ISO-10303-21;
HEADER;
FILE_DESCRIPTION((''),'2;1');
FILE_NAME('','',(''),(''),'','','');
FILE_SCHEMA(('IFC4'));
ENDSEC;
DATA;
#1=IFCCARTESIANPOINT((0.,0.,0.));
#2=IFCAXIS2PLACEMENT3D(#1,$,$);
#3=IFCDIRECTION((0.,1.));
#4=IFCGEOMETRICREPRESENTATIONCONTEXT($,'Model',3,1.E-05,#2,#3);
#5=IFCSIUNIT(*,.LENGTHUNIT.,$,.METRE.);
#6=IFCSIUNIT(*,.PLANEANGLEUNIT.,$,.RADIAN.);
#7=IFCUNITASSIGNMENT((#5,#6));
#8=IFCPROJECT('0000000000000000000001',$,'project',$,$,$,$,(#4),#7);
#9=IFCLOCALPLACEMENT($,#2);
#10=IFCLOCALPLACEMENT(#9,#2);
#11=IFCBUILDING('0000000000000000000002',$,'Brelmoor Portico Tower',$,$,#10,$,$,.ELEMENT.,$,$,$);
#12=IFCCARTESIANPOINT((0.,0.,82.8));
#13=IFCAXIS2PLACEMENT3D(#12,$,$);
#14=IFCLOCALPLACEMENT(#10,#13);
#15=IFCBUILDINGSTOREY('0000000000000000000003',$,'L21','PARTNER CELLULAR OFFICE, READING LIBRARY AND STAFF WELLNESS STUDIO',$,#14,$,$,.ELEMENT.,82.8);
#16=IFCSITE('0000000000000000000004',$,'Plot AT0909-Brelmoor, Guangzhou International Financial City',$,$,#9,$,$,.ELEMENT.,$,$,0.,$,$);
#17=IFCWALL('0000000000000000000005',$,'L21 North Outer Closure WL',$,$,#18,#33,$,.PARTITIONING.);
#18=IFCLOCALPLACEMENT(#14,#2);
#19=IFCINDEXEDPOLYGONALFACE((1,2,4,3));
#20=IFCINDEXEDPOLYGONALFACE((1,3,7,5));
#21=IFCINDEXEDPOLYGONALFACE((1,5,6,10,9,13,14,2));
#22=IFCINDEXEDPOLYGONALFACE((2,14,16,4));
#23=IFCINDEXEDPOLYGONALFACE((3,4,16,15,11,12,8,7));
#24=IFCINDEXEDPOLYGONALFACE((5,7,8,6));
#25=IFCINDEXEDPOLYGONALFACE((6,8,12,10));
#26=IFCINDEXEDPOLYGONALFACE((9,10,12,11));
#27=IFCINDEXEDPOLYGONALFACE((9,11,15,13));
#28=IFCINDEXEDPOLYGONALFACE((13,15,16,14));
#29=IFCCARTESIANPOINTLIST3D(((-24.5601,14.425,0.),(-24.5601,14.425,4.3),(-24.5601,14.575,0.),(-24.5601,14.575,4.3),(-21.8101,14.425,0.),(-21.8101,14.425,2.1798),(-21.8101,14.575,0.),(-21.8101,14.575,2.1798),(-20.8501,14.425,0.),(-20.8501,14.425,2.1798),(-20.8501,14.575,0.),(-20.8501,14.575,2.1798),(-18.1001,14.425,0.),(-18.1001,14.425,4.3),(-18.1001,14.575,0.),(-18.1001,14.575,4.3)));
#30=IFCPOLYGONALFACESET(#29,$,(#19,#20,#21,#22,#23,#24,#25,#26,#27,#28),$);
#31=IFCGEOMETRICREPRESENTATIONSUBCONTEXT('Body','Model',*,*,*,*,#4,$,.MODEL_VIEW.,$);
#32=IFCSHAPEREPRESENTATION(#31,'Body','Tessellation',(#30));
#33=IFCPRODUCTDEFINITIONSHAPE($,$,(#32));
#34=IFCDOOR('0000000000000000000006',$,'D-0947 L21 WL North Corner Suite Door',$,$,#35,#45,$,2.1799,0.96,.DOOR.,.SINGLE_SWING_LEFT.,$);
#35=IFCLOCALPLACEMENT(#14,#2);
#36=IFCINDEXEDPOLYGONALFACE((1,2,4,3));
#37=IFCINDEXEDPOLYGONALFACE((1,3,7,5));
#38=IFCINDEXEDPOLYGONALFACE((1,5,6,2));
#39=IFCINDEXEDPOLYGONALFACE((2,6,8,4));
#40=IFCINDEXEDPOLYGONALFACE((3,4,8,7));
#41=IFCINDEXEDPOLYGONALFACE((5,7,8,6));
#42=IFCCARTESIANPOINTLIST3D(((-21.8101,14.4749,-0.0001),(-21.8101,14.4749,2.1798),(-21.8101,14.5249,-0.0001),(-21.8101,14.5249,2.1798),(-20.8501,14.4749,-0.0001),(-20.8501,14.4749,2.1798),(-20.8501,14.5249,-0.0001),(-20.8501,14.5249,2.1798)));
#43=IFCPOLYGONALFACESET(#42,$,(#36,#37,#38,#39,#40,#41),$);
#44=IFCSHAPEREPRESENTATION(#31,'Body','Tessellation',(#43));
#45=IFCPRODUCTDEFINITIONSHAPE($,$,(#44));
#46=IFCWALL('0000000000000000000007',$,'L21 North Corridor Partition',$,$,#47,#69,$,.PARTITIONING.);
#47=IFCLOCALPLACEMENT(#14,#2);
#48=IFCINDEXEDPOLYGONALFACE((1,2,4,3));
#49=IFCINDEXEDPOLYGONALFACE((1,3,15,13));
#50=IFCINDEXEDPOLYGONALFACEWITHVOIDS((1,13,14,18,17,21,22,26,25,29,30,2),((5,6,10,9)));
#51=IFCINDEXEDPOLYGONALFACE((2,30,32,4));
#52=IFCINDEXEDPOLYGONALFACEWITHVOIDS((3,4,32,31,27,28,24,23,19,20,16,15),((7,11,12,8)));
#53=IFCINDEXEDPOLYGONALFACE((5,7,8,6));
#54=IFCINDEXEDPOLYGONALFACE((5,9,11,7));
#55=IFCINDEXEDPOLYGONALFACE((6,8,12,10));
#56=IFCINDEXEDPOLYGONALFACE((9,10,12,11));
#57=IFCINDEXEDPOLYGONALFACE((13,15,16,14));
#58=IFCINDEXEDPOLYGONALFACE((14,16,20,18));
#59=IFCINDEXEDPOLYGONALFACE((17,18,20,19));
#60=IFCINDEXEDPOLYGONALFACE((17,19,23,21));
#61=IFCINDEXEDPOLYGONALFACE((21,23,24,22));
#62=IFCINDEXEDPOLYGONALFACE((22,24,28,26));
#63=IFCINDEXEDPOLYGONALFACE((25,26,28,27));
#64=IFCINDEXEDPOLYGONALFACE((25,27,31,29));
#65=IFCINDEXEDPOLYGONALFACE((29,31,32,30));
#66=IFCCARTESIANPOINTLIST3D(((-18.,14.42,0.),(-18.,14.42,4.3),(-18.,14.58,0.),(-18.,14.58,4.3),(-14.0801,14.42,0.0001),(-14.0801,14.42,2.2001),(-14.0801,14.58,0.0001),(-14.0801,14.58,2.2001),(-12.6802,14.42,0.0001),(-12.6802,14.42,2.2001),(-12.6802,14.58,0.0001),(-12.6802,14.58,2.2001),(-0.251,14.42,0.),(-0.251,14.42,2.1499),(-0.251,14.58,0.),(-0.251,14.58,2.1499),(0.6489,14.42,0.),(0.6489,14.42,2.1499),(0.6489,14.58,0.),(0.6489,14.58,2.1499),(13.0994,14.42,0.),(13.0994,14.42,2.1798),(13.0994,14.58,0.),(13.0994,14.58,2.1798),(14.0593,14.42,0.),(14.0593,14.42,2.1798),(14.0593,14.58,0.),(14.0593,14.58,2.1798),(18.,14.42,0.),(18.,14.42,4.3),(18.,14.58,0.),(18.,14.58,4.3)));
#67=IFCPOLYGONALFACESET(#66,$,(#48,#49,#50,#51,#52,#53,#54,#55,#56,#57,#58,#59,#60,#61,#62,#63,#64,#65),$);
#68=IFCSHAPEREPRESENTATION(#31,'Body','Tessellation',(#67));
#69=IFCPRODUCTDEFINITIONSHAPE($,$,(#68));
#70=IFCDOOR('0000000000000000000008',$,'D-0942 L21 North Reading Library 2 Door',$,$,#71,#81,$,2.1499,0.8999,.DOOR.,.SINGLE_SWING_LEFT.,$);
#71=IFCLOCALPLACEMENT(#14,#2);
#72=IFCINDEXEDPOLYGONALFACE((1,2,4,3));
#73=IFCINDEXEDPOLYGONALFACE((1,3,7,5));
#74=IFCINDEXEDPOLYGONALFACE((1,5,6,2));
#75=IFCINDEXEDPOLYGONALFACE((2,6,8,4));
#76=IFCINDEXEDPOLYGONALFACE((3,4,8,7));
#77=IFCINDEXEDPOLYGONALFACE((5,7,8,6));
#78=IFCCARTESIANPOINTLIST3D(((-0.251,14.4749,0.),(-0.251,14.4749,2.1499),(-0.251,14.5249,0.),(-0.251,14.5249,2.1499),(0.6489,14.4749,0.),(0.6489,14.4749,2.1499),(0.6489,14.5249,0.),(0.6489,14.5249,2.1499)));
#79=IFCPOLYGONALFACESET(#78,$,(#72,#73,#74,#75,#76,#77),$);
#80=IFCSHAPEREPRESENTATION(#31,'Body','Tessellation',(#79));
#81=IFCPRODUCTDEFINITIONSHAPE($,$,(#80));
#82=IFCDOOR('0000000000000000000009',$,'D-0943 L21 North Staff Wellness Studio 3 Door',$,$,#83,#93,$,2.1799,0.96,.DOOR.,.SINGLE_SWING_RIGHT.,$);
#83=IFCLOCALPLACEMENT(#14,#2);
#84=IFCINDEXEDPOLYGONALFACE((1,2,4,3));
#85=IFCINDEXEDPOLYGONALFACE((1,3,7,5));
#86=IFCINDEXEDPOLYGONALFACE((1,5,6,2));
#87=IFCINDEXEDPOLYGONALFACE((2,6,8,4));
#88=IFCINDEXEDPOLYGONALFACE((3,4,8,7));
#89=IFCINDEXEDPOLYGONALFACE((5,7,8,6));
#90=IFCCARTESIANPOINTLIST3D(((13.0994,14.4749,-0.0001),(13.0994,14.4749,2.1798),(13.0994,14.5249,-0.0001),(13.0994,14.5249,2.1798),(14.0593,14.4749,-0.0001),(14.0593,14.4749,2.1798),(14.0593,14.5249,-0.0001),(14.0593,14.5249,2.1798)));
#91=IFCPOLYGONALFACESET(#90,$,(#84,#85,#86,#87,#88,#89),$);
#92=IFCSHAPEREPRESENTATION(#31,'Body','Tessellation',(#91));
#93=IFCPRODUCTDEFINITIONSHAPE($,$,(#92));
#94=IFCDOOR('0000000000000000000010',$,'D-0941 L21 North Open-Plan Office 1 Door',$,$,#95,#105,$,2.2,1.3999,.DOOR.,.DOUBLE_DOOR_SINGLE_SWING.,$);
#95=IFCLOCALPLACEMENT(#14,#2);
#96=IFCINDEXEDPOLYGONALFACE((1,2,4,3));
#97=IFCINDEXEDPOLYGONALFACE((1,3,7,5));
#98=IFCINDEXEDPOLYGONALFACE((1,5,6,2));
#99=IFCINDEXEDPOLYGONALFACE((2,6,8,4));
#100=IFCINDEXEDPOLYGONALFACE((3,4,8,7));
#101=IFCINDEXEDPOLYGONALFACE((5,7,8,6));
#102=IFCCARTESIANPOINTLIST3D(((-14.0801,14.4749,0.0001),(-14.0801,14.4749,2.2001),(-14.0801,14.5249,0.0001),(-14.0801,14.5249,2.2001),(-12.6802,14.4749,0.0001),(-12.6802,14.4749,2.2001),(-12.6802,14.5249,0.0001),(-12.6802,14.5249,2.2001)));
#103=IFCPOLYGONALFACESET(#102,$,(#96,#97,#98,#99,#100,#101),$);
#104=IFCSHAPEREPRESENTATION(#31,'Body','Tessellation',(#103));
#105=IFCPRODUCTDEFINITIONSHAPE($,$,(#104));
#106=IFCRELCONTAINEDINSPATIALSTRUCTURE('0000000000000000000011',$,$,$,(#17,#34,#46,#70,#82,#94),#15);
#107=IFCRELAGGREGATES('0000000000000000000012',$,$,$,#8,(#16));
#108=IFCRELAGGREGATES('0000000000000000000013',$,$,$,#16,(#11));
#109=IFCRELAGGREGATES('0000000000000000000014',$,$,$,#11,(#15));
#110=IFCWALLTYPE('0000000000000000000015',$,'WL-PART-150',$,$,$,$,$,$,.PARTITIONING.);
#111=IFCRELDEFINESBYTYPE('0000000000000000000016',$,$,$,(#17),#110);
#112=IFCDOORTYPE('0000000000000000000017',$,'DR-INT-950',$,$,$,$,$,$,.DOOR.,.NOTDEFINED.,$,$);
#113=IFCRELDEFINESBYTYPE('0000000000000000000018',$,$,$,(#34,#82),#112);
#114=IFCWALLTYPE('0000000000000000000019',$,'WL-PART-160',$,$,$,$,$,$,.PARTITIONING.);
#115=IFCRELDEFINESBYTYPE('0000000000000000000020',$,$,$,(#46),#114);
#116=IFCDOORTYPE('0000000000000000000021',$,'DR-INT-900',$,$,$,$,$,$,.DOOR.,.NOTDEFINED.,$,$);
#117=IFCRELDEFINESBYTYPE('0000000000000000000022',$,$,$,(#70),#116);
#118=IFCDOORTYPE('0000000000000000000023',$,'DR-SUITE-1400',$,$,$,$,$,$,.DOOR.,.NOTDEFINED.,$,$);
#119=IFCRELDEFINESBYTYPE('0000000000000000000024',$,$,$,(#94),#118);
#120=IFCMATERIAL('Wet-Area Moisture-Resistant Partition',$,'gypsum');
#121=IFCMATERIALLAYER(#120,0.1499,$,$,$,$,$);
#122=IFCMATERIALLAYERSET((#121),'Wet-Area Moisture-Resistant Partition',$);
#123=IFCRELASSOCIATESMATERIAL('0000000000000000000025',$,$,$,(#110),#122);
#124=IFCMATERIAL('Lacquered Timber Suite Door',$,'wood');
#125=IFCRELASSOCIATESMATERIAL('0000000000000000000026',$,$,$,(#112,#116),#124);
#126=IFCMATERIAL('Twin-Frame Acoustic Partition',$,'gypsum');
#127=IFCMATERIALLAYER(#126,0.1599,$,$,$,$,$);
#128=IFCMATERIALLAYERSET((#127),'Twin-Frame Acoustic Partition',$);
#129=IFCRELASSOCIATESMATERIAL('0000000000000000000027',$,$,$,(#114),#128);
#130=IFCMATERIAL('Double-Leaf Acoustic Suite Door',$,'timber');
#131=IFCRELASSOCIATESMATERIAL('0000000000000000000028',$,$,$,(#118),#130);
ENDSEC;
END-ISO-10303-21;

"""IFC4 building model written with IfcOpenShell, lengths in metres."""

from ifc_helpers import new_model, si_unit, direction, frame, frame_2d, origin, place, context, subcontext, project, spatial, rectangle, extrude, material, layer, layer_set, type_object, element, fill, save


model = new_model("IFC4")

# Units and contexts
model_context = context("Model", 3, precision=1e-05, world=origin(), true_north=direction((0.0, 1.0)))
body_context = subcontext(model_context, "Body", "Model", "MODEL_VIEW")
ifc_project = project(units=[si_unit("LENGTHUNIT", "METRE"), si_unit("PLANEANGLEUNIT", "RADIAN")], contexts=[model_context])

# Site, building, storey
site_placement = place(None, origin())
site = spatial("IfcSite", under=ifc_project, at=site_placement, Name="Plot AT0909-Brelmoor, Guangzhou International Financial City", CompositionType="ELEMENT", RefElevation=0.0)
building_placement = place(site_placement, origin())
building = spatial("IfcBuilding", under=site, at=building_placement, Name="Brelmoor Portico Tower", CompositionType="ELEMENT")
storey_placement = place(building_placement, frame((0.0, 0.0, 82.8)))
storey = spatial("IfcBuildingStorey", under=building, at=storey_placement, Name="L21", Description="PARTNER CELLULAR OFFICE, READING LIBRARY AND STAFF WELLNESS STUDIO", CompositionType="ELEMENT", Elevation=82.8)

# Wall, opening, door
ifc_material_1 = material(Name="Wet-Area Moisture-Resistant Partition", Category="gypsum")
ifc_layer_1 = layer(ifc_material_1, 0.1499)
ifc_layer_set_1 = layer_set([ifc_layer_1], Name="Wet-Area Moisture-Resistant Partition")
wall_type_1 = type_object("IfcWallType", Name="WL-PART-150", PredefinedType="PARTITIONING", material=ifc_layer_set_1)
wall_1_placement = place(storey_placement, frame((-24.5601, 14.5, 0.0), z_axis=(0.0, 0.0, 1.0), x_axis=(1.0, 0.0, 0.0)))
wall_1 = element("IfcWall", 1, at=wall_1_placement, inside=storey, type_object=wall_type_1, Name="L21 North Outer Closure WL", PredefinedType="PARTITIONING", context=body_context, shape_type="SweptSolid", body=[
    extrude(rectangle(XDim=6.46, YDim=0.1499, at=frame_2d((3.23, 0.0))), origin(), (0.0, 0.0, 1.0), 4.3),
])
opening_1_placement = place(wall_1_placement, frame((2.75, 0.0, 0.0)))
opening_1 = element("IfcOpeningElement", 2, at=opening_1_placement, cuts=wall_1, PredefinedType="OPENING", context=body_context, shape_type="SweptSolid", body=[
    extrude(rectangle(XDim=0.96, YDim=2.1799, at=frame_2d((0.48, 1.0898))), frame((0.0, 0.085, 0.0), z_axis=(0.0, -1.0, 0.0), x_axis=(1.0, 0.0, 0.0)), (0.0, 0.0, 1.0), 0.1699),
])
ifc_material_2 = material(Name="Lacquered Timber Suite Door", Category="wood")
door_type_1 = type_object("IfcDoorType", Name="DR-INT-950", OperationType="NOTDEFINED", PredefinedType="DOOR", material=ifc_material_2)
door_1_placement = place(opening_1_placement, origin())
door_1 = element("IfcDoor", 3, at=door_1_placement, inside=storey, type_object=door_type_1, Name="D-0947 L21 WL North Corner Suite Door", OperationType="SINGLE_SWING_LEFT", OverallHeight=2.1799, OverallWidth=0.96, PredefinedType="DOOR", context=body_context, shape_type="SweptSolid", body=[
    extrude(rectangle(XDim=0.96, YDim=2.1799, at=frame_2d((0.48, 1.0898))), frame((0.0, 0.0249, 0.0), z_axis=(0.0, -1.0, 0.0), x_axis=(1.0, 0.0, 0.0)), (0.0, 0.0, 1.0), 0.05),
])
fill(opening_1, door_1)

# Wall, openings, doors
ifc_material_3 = material(Name="Twin-Frame Acoustic Partition", Category="gypsum")
ifc_layer_2 = layer(ifc_material_3, 0.1599)
ifc_layer_set_2 = layer_set([ifc_layer_2], Name="Twin-Frame Acoustic Partition")
wall_type_2 = type_object("IfcWallType", Name="WL-PART-160", PredefinedType="PARTITIONING", material=ifc_layer_set_2)
wall_2_placement = place(storey_placement, frame((-18.0, 14.5, 0.0), z_axis=(0.0, 0.0, 1.0), x_axis=(1.0, 0.0, 0.0)))
wall_2 = element("IfcWall", 4, at=wall_2_placement, inside=storey, type_object=wall_type_2, Name="L21 North Corridor Partition", PredefinedType="PARTITIONING", context=body_context, shape_type="SweptSolid", body=[
    extrude(rectangle(XDim=36.0, YDim=0.1599, at=frame_2d((18.0, 0.0))), origin(), (0.0, 0.0, 1.0), 4.3),
])
opening_2_placement = place(wall_2_placement, frame((3.9199, 0.0, 0.0)))
opening_2 = element("IfcOpeningElement", 5, at=opening_2_placement, cuts=wall_2, PredefinedType="OPENING", context=body_context, shape_type="SweptSolid", body=[
    extrude(rectangle(XDim=1.3999, YDim=2.2, at=frame_2d((0.7, 1.1001))), frame((0.0, 0.0898, 0.0), z_axis=(0.0, -1.0, 0.0), x_axis=(1.0, 0.0, 0.0)), (0.0, 0.0, 1.0), 0.1799),
])
opening_3_placement = place(wall_2_placement, frame((17.749, 0.0, 0.0)))
opening_3 = element("IfcOpeningElement", 6, at=opening_3_placement, cuts=wall_2, PredefinedType="OPENING", context=body_context, shape_type="SweptSolid", body=[
    extrude(rectangle(XDim=0.8999, YDim=2.1499, at=frame_2d((0.45, 1.075))), frame((0.0, 0.0898, 0.0), z_axis=(0.0, -1.0, 0.0), x_axis=(1.0, 0.0, 0.0)), (0.0, 0.0, 1.0), 0.1799),
])
opening_4_placement = place(wall_2_placement, frame((31.0994, 0.0, 0.0)))
opening_4 = element("IfcOpeningElement", 7, at=opening_4_placement, cuts=wall_2, PredefinedType="OPENING", context=body_context, shape_type="SweptSolid", body=[
    extrude(rectangle(XDim=0.96, YDim=2.1799, at=frame_2d((0.48, 1.0898))), frame((0.0, 0.0898, 0.0), z_axis=(0.0, -1.0, 0.0), x_axis=(1.0, 0.0, 0.0)), (0.0, 0.0, 1.0), 0.1799),
])
door_type_2 = type_object("IfcDoorType", Name="DR-INT-900", OperationType="NOTDEFINED", PredefinedType="DOOR", material=ifc_material_2)
door_2_placement = place(opening_3_placement, origin())
door_2 = element("IfcDoor", 8, at=door_2_placement, inside=storey, type_object=door_type_2, Name="D-0942 L21 North Reading Library 2 Door", OperationType="SINGLE_SWING_LEFT", OverallHeight=2.1499, OverallWidth=0.8999, PredefinedType="DOOR", context=body_context, shape_type="SweptSolid", body=[
    extrude(rectangle(XDim=0.8999, YDim=2.1499, at=frame_2d((0.45, 1.075))), frame((0.0, 0.0249, 0.0), z_axis=(0.0, -1.0, 0.0), x_axis=(1.0, 0.0, 0.0)), (0.0, 0.0, 1.0), 0.05),
])
fill(opening_3, door_2)
door_3_placement = place(opening_4_placement, origin())
door_3 = element("IfcDoor", 9, at=door_3_placement, inside=storey, type_object=door_type_1, Name="D-0943 L21 North Staff Wellness Studio 3 Door", OperationType="SINGLE_SWING_RIGHT", OverallHeight=2.1799, OverallWidth=0.96, PredefinedType="DOOR", context=body_context, shape_type="SweptSolid", body=[
    extrude(rectangle(XDim=0.96, YDim=2.1799, at=frame_2d((0.48, 1.0898))), frame((0.0, 0.0249, 0.0), z_axis=(0.0, -1.0, 0.0), x_axis=(1.0, 0.0, 0.0)), (0.0, 0.0, 1.0), 0.05),
])
fill(opening_4, door_3)
ifc_material_4 = material(Name="Double-Leaf Acoustic Suite Door", Category="timber")
door_type_3 = type_object("IfcDoorType", Name="DR-SUITE-1400", OperationType="NOTDEFINED", PredefinedType="DOOR", material=ifc_material_4)
door_4_placement = place(opening_2_placement, origin())
door_4 = element("IfcDoor", 10, at=door_4_placement, inside=storey, type_object=door_type_3, Name="D-0941 L21 North Open-Plan Office 1 Door", OperationType="DOUBLE_DOOR_SINGLE_SWING", OverallHeight=2.2, OverallWidth=1.3999, PredefinedType="DOOR", context=body_context, shape_type="SweptSolid", body=[
    extrude(rectangle(XDim=1.3999, YDim=2.2, at=frame_2d((0.7, 1.1001))), frame((0.0, 0.0249, 0.0), z_axis=(0.0, -1.0, 0.0), x_axis=(1.0, 0.0, 0.0)), (0.0, 0.0, 1.0), 0.05),
])
fill(opening_2, door_4)

save(model, "model.ifc")
